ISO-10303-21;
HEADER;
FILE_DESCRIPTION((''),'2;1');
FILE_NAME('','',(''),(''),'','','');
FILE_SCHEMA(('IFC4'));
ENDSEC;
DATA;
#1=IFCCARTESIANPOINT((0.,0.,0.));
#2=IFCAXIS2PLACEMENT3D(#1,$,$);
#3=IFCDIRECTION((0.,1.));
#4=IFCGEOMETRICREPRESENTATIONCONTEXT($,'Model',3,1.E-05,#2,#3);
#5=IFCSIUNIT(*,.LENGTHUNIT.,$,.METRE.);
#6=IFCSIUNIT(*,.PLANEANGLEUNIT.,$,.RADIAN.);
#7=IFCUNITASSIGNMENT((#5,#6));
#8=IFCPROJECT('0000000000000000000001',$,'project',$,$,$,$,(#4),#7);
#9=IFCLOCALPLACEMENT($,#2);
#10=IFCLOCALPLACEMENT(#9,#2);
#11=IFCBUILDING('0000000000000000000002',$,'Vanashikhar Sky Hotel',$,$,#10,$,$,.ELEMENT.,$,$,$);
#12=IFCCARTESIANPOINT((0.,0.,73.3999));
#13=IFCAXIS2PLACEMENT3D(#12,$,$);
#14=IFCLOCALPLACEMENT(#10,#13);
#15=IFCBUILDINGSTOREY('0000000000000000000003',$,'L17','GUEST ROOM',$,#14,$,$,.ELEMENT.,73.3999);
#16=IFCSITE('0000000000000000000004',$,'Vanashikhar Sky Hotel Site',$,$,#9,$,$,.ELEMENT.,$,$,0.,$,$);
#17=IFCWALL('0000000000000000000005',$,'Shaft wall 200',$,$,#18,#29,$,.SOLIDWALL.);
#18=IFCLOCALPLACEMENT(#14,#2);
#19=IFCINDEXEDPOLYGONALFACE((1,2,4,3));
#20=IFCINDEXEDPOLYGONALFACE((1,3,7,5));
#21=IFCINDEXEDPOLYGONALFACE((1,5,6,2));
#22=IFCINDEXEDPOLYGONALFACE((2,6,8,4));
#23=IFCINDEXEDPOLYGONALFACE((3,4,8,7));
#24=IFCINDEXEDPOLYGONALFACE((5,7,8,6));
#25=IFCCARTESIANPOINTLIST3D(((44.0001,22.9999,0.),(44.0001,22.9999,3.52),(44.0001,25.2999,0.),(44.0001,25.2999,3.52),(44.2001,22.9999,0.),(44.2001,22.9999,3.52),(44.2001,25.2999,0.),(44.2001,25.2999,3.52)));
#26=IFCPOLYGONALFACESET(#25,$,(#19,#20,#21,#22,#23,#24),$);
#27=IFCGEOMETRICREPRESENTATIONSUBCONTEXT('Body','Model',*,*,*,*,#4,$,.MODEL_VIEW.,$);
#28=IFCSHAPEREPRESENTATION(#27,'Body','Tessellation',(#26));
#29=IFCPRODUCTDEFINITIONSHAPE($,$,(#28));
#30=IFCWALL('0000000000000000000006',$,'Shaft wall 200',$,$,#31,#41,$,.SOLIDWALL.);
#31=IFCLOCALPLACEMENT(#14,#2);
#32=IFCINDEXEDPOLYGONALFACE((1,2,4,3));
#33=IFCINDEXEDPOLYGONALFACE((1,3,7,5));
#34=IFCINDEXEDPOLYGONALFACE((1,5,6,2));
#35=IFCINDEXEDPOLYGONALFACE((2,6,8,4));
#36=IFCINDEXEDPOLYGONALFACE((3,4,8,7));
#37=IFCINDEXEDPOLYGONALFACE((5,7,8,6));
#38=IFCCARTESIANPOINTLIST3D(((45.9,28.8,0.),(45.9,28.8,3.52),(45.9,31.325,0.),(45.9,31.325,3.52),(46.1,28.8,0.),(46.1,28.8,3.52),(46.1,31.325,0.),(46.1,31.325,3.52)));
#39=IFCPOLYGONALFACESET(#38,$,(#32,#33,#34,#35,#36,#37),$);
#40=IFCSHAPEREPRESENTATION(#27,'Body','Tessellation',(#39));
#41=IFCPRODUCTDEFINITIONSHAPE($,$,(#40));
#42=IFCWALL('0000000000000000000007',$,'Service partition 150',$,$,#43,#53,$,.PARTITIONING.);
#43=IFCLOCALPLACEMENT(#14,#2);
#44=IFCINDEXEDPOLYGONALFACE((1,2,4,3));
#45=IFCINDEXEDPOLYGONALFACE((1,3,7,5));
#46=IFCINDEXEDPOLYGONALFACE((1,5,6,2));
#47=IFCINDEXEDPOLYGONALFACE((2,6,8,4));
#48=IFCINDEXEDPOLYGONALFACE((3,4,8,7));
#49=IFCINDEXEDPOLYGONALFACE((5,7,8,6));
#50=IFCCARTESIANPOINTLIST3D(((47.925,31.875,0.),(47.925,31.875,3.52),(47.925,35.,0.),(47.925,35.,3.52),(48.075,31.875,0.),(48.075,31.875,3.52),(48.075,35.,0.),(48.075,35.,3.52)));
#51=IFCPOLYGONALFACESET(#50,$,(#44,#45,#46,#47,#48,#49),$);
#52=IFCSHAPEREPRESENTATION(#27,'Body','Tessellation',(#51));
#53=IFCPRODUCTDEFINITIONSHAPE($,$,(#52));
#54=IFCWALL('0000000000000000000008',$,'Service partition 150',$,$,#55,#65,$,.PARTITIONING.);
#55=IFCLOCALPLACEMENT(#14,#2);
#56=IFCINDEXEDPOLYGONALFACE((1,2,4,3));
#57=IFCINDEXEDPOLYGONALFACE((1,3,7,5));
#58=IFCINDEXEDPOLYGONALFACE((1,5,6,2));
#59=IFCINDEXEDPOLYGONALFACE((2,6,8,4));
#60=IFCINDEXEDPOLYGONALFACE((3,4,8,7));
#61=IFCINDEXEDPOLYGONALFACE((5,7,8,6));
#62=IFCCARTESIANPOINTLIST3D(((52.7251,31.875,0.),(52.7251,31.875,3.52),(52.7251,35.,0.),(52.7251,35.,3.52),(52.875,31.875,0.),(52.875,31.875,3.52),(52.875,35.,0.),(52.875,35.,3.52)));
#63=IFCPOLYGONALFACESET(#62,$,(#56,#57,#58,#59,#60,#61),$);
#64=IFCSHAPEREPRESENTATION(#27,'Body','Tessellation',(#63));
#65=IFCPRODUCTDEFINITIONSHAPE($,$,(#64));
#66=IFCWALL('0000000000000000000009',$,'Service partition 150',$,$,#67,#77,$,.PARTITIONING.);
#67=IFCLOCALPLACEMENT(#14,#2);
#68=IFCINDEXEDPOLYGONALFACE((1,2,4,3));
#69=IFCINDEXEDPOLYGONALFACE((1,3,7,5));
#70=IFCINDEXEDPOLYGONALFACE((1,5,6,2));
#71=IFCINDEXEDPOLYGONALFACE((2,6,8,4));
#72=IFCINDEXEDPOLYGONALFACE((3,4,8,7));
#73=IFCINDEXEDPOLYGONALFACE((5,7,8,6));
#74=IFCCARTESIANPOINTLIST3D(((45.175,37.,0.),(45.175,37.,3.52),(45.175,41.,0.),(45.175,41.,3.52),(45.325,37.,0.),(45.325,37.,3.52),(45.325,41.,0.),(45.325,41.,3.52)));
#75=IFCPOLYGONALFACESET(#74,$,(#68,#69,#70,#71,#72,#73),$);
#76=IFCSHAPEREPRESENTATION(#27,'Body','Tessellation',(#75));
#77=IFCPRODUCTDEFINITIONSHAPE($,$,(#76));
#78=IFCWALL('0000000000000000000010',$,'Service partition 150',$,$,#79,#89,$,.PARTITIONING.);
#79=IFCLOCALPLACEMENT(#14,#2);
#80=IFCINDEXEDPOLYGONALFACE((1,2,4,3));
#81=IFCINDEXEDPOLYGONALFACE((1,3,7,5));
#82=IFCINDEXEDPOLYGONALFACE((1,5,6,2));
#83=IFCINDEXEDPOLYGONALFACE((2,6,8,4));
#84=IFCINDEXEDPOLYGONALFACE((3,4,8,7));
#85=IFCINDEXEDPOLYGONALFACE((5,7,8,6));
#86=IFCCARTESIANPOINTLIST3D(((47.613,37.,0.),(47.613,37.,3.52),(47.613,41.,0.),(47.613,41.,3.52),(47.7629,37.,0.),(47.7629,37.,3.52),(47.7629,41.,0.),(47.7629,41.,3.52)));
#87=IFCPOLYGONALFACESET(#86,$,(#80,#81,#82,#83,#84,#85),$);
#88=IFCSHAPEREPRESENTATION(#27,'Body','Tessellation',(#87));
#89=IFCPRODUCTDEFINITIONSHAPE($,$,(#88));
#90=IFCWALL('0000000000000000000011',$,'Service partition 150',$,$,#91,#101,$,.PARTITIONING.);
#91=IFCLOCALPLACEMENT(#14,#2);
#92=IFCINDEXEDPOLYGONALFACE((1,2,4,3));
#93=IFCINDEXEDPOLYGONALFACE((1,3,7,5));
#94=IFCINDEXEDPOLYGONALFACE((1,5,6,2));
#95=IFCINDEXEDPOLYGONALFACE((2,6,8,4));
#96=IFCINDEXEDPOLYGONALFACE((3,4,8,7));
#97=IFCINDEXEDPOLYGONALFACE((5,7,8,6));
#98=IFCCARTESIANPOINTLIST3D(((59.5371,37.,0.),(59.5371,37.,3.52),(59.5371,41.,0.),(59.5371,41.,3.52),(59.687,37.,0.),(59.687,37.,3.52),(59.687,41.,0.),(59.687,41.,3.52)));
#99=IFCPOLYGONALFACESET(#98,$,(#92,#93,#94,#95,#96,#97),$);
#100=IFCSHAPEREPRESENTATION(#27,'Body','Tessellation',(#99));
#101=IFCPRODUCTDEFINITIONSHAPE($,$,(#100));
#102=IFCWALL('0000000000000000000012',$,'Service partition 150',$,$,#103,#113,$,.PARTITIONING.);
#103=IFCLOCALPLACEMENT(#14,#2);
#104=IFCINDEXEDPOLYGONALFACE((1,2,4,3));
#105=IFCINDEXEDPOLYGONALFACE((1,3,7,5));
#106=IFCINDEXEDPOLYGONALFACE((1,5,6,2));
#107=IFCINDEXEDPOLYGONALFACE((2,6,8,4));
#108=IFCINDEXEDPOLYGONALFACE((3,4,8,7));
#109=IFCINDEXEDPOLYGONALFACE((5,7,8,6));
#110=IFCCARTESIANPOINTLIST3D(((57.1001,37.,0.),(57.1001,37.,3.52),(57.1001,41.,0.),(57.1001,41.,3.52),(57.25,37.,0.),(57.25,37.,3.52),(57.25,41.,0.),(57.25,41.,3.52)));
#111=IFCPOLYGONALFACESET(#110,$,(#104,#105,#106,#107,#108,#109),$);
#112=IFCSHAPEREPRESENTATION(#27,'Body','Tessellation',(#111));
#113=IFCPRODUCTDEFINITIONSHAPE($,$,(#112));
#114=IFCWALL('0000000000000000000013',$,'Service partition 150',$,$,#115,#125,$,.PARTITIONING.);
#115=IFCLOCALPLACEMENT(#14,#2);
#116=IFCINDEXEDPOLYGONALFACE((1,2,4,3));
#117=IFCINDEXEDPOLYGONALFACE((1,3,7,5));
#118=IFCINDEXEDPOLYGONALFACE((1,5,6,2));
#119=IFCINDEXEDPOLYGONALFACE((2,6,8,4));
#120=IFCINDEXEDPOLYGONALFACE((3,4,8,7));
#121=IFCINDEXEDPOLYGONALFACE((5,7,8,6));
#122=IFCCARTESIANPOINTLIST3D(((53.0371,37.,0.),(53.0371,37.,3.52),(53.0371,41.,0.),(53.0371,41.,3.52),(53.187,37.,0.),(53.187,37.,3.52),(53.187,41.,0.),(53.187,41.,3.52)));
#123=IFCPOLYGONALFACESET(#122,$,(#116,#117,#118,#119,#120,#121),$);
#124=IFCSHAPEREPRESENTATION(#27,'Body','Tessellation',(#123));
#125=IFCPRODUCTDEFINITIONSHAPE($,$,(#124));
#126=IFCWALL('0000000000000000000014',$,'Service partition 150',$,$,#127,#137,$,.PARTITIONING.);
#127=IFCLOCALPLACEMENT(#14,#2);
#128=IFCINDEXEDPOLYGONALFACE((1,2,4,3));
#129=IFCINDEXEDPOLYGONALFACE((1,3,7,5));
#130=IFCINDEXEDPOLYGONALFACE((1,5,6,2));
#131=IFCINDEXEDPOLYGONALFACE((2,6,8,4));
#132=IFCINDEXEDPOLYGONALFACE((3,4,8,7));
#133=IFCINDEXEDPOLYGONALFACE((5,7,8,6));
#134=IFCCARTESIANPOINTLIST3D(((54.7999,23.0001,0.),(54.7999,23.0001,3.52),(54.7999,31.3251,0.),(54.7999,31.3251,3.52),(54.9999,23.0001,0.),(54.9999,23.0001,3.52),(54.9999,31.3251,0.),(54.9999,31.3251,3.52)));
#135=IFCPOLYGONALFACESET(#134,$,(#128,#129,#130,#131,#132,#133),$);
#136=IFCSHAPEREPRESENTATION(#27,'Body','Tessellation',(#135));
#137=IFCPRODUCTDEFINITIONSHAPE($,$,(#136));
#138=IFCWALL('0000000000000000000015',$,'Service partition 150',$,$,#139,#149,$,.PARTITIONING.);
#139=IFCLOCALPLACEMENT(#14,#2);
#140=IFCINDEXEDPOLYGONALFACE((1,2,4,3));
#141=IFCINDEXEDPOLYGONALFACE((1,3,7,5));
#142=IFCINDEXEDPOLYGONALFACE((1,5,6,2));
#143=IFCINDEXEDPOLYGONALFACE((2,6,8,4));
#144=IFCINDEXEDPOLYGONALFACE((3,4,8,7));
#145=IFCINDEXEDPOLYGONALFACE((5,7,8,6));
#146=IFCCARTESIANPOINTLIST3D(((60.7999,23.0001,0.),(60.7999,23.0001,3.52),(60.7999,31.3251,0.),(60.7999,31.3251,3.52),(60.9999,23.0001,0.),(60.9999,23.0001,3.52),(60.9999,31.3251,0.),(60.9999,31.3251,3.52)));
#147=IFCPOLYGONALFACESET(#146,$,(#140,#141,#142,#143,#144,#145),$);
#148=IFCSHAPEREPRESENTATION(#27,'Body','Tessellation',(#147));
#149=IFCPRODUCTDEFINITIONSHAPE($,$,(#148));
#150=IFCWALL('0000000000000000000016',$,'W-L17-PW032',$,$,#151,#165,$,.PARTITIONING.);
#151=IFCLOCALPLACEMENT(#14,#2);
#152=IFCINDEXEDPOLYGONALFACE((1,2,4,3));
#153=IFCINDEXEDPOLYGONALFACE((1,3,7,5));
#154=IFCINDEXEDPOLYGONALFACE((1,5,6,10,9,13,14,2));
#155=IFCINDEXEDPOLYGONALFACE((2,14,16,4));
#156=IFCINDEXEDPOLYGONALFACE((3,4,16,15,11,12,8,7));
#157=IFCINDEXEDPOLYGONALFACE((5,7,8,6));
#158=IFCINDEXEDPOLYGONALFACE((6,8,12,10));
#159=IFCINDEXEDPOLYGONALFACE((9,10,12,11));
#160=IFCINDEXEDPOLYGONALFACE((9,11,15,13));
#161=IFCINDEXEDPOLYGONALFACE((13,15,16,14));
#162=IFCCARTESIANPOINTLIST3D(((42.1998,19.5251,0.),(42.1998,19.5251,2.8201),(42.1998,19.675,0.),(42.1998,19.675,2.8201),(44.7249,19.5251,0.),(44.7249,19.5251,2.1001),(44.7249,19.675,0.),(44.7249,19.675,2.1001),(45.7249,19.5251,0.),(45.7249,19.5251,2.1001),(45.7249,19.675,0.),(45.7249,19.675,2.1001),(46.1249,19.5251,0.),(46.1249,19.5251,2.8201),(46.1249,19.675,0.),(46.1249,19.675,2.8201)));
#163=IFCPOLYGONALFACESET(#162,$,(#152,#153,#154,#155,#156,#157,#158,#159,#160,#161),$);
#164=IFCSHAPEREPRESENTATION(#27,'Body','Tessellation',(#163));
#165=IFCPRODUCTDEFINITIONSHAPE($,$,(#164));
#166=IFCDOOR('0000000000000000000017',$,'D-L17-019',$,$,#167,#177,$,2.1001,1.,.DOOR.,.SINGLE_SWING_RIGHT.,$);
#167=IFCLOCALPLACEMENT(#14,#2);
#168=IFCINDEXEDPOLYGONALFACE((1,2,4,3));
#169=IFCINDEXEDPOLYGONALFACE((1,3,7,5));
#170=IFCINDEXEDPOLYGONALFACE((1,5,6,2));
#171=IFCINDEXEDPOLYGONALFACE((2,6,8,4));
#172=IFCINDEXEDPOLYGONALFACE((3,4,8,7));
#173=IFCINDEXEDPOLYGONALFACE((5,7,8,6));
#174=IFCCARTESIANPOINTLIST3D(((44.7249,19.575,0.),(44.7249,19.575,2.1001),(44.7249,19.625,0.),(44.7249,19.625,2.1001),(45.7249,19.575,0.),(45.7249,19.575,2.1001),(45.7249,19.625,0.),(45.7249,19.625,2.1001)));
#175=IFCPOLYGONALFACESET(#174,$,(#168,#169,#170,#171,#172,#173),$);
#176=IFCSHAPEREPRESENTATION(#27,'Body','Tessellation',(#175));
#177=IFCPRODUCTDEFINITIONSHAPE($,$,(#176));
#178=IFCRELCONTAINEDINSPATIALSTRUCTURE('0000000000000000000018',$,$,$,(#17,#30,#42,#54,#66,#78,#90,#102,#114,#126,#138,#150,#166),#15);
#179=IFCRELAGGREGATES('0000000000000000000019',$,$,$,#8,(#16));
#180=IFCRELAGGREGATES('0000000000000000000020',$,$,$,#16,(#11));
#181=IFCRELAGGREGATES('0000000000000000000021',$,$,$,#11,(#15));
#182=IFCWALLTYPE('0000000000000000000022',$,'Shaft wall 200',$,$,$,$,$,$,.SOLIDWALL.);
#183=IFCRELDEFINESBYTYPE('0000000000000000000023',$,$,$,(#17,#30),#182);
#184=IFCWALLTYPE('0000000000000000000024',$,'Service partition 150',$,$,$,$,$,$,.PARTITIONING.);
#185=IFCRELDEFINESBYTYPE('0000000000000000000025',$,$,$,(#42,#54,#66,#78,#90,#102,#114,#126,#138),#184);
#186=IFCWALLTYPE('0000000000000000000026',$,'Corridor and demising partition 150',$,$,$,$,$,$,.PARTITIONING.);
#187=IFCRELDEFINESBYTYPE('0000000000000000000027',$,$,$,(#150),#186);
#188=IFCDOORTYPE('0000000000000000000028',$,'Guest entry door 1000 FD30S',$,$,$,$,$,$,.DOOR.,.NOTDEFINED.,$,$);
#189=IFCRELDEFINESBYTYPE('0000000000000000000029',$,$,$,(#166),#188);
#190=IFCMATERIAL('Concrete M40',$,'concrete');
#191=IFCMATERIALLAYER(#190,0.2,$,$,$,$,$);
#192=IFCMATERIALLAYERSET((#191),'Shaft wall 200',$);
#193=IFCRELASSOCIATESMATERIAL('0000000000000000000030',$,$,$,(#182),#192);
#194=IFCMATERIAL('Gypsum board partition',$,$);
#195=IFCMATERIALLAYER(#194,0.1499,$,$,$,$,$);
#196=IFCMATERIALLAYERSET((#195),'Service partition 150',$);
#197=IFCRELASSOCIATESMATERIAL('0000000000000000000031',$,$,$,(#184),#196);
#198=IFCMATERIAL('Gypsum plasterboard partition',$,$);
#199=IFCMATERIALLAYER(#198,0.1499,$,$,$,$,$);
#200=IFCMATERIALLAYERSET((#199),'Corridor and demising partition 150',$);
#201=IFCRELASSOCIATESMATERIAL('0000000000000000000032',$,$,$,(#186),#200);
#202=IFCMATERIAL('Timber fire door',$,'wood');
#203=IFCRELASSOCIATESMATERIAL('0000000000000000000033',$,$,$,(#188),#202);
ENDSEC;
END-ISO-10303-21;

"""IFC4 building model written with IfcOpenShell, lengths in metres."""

from ifc_helpers import new_model, si_unit, direction, frame, frame_2d, origin, place, context, subcontext, project, spatial, rectangle, extrude, source, transform, mapped, material, layer, layer_set, type_object, element, fill, save


model = new_model("IFC4")

# Units and contexts
model_context = context("Model", 3, precision=1e-05, world=origin(), true_north=direction((0.0, 1.0)))
body_context = subcontext(model_context, "Body", "Model", "MODEL_VIEW")
ifc_project = project(units=[si_unit("LENGTHUNIT", "METRE"), si_unit("PLANEANGLEUNIT", "RADIAN")], contexts=[model_context])

# Site, building, storey
site_placement = place(None, origin())
site = spatial("IfcSite", under=ifc_project, at=site_placement, Name="Vanashikhar Sky Hotel Site", CompositionType="ELEMENT", RefElevation=0.0)
building_placement = place(site_placement, origin())
building = spatial("IfcBuilding", under=site, at=building_placement, Name="Vanashikhar Sky Hotel", CompositionType="ELEMENT")
storey_placement = place(building_placement, frame((0.0, 0.0, 73.3999)))
storey = spatial("IfcBuildingStorey", under=building, at=storey_placement, Name="L17", Description="GUEST ROOM", CompositionType="ELEMENT", Elevation=73.3999)

# Shared definitions
shared_shape_1 = source(origin(), body_context, "Body", "SweptSolid", [
    extrude(rectangle(XDim=1.0, YDim=2.1001, at=frame_2d((0.5, 1.05))), frame((0.0, 0.0249, 0.0), z_axis=(0.0, -1.0, 0.0), x_axis=(1.0, 0.0, 0.0)), (0.0, 0.0, 1.0), 0.05),
])

# Shared definitions
ifc_material_1 = material(Name="Concrete M40", Category="concrete")
ifc_layer_1 = layer(ifc_material_1, 0.2)
ifc_layer_set_1 = layer_set([ifc_layer_1], Name="Shaft wall 200")
wall_type_1 = type_object("IfcWallType", Name="Shaft wall 200", PredefinedType="SOLIDWALL", material=ifc_layer_set_1)

# Walls
shared_shape_2 = source(origin(), body_context, "Body", "SweptSolid", [
    extrude(rectangle(XDim=2.3, YDim=0.2, at=frame_2d((1.1499, 0.0))), origin(), (0.0, 0.0, 1.0), 3.52),
])
wall_1_placement = place(storey_placement, frame((44.1001, 23.0, 0.0), z_axis=(0.0, 0.0, 1.0), x_axis=(0.0, 1.0, 0.0)))
element("IfcWall", 1, at=wall_1_placement, inside=storey, type_object=wall_type_1, Name="Shaft wall 200", PredefinedType="SOLIDWALL", context=body_context, shape_type="MappedRepresentation", body=[
    mapped(shared_shape_2, transform((0.0, 0.0, 0.0), scale=1.0)),
])
shared_shape_3 = source(origin(), body_context, "Body", "SweptSolid", [
    extrude(rectangle(XDim=2.5249, YDim=0.2, at=frame_2d((1.2625, 0.0))), origin(), (0.0, 0.0, 1.0), 3.52),
])
wall_2_placement = place(storey_placement, frame((46.0, 28.8, 0.0), z_axis=(0.0, 0.0, 1.0), x_axis=(0.0, 1.0, 0.0)))
element("IfcWall", 2, at=wall_2_placement, inside=storey, type_object=wall_type_1, Name="Shaft wall 200", PredefinedType="SOLIDWALL", context=body_context, shape_type="MappedRepresentation", body=[
    mapped(shared_shape_3, transform((0.0, 0.0, 0.0), scale=1.0)),
])
ifc_material_2 = material(Name="Gypsum board partition")
ifc_layer_2 = layer(ifc_material_2, 0.1499)
ifc_layer_set_2 = layer_set([ifc_layer_2], Name="Service partition 150")
wall_type_2 = type_object("IfcWallType", Name="Service partition 150", PredefinedType="PARTITIONING", material=ifc_layer_set_2)
shared_shape_4 = source(origin(), body_context, "Body", "SweptSolid", [
    extrude(rectangle(XDim=3.125, YDim=0.1499, at=frame_2d((1.5625, 0.0))), origin(), (0.0, 0.0, 1.0), 3.52),
])
for number, where, z_axis, x_axis, name in (
    (3, (48.0, 31.875, 0.0), (0.0, 0.0, 1.0), (0.0, 1.0, 0.0), "Service partition 150"),
    (4, (52.8, 31.875, 0.0), (0.0, 0.0, 1.0), (0.0, 1.0, 0.0), "Service partition 150"),
):
    element("IfcWall", number, at=place(storey_placement, frame(where, z_axis=z_axis, x_axis=x_axis)), inside=storey, type_object=wall_type_2, Name=name, PredefinedType="PARTITIONING", context=body_context, shape_type="MappedRepresentation", body=[
        mapped(shared_shape_4, transform((0.0, 0.0, 0.0), scale=1.0)),
    ])
shared_shape_5 = source(origin(), body_context, "Body", "SweptSolid", [
    extrude(rectangle(XDim=4.0, YDim=0.1499, at=frame_2d((2.0, 0.0))), origin(), (0.0, 0.0, 1.0), 3.52),
])
for number, where, z_axis, x_axis, name in (
    (5, (45.25, 37.0, 0.0), (0.0, 0.0, 1.0), (0.0, 1.0, 0.0), "Service partition 150"),
    (6, (47.688, 37.0, 0.0), (0.0, 0.0, 1.0), (0.0, 1.0, 0.0), "Service partition 150"),
    (7, (59.6121, 37.0, 0.0), (0.0, 0.0, 1.0), (0.0, 1.0, 0.0), "Service partition 150"),
    (8, (57.175, 37.0, 0.0), (0.0, 0.0, 1.0), (0.0, 1.0, 0.0), "Service partition 150"),
    (9, (53.1121, 37.0, 0.0), (0.0, 0.0, 1.0), (0.0, 1.0, 0.0), "Service partition 150"),
):
    element("IfcWall", number, at=place(storey_placement, frame(where, z_axis=z_axis, x_axis=x_axis)), inside=storey, type_object=wall_type_2, Name=name, PredefinedType="PARTITIONING", context=body_context, shape_type="MappedRepresentation", body=[
        mapped(shared_shape_5, transform((0.0, 0.0, 0.0), scale=1.0)),
    ])
shared_shape_6 = source(origin(), body_context, "Body", "SweptSolid", [
    extrude(rectangle(XDim=8.325, YDim=0.2, at=frame_2d((4.1626, 0.0))), origin(), (0.0, 0.0, 1.0), 3.52),
])
for number, where, z_axis, x_axis, name in (
    (10, (54.8999, 23.0, 0.0), (0.0, 0.0, 1.0), (0.0, 1.0, 0.0), "Service partition 150"),
    (11, (60.8999, 23.0, 0.0), (0.0, 0.0, 1.0), (0.0, 1.0, 0.0), "Service partition 150"),
):
    element("IfcWall", number, at=place(storey_placement, frame(where, z_axis=z_axis, x_axis=x_axis)), inside=storey, type_object=wall_type_2, Name=name, PredefinedType="PARTITIONING", context=body_context, shape_type="MappedRepresentation", body=[
        mapped(shared_shape_6, transform((0.0, 0.0, 0.0), scale=1.0)),
    ])

# Wall, opening, door
ifc_material_3 = material(Name="Gypsum plasterboard partition")
ifc_layer_3 = layer(ifc_material_3, 0.1499)
ifc_layer_set_3 = layer_set([ifc_layer_3], Name="Corridor and demising partition 150")
wall_type_3 = type_object("IfcWallType", Name="Corridor and demising partition 150", PredefinedType="PARTITIONING", material=ifc_layer_set_3)
shared_shape_7 = source(origin(), body_context, "Body", "SweptSolid", [
    extrude(rectangle(XDim=3.925, YDim=0.1499, at=frame_2d((1.9624, 0.0))), origin(), (0.0, 0.0, 1.0), 2.8201),
])
wall_3_placement = place(storey_placement, frame((42.2, 19.6001, 0.0), z_axis=(0.0, 0.0, 1.0), x_axis=(1.0, 0.0, 0.0)))
wall_3 = element("IfcWall", 12, at=wall_3_placement, inside=storey, type_object=wall_type_3, Name="W-L17-PW032", PredefinedType="PARTITIONING", context=body_context, shape_type="MappedRepresentation", body=[
    mapped(shared_shape_7, transform((0.0, 0.0, 0.0), scale=1.0)),
])
shared_shape_8 = source(origin(), body_context, "Body", "SweptSolid", [
    extrude(rectangle(XDim=1.0, YDim=2.1001, at=frame_2d((0.5, 1.05))), frame((0.0, 0.085, 0.0), z_axis=(0.0, -1.0, 0.0), x_axis=(1.0, 0.0, 0.0)), (0.0, 0.0, 1.0), 0.1699),
])
opening_1_placement = place(wall_3_placement, frame((2.5249, 0.0, 0.0)))
opening_1 = element("IfcOpeningElement", 13, at=opening_1_placement, cuts=wall_3, PredefinedType="OPENING", context=body_context, shape_type="MappedRepresentation", body=[
    mapped(shared_shape_8, transform((0.0, 0.0, 0.0), scale=1.0)),
])
ifc_material_4 = material(Name="Timber fire door", Category="wood")
door_type_1 = type_object("IfcDoorType", Name="Guest entry door 1000 FD30S", OperationType="NOTDEFINED", PredefinedType="DOOR", material=ifc_material_4)
door_1_placement = place(opening_1_placement, origin())
door_1 = element("IfcDoor", 14, at=door_1_placement, inside=storey, type_object=door_type_1, Name="D-L17-019", OperationType="SINGLE_SWING_RIGHT", OverallHeight=2.1001, OverallWidth=1.0, PredefinedType="DOOR", context=body_context, shape_type="MappedRepresentation", body=[
    mapped(shared_shape_1, transform((0.0, 0.0, 0.0), scale=1.0)),
])
fill(opening_1, door_1)

save(model, "model.ifc")
